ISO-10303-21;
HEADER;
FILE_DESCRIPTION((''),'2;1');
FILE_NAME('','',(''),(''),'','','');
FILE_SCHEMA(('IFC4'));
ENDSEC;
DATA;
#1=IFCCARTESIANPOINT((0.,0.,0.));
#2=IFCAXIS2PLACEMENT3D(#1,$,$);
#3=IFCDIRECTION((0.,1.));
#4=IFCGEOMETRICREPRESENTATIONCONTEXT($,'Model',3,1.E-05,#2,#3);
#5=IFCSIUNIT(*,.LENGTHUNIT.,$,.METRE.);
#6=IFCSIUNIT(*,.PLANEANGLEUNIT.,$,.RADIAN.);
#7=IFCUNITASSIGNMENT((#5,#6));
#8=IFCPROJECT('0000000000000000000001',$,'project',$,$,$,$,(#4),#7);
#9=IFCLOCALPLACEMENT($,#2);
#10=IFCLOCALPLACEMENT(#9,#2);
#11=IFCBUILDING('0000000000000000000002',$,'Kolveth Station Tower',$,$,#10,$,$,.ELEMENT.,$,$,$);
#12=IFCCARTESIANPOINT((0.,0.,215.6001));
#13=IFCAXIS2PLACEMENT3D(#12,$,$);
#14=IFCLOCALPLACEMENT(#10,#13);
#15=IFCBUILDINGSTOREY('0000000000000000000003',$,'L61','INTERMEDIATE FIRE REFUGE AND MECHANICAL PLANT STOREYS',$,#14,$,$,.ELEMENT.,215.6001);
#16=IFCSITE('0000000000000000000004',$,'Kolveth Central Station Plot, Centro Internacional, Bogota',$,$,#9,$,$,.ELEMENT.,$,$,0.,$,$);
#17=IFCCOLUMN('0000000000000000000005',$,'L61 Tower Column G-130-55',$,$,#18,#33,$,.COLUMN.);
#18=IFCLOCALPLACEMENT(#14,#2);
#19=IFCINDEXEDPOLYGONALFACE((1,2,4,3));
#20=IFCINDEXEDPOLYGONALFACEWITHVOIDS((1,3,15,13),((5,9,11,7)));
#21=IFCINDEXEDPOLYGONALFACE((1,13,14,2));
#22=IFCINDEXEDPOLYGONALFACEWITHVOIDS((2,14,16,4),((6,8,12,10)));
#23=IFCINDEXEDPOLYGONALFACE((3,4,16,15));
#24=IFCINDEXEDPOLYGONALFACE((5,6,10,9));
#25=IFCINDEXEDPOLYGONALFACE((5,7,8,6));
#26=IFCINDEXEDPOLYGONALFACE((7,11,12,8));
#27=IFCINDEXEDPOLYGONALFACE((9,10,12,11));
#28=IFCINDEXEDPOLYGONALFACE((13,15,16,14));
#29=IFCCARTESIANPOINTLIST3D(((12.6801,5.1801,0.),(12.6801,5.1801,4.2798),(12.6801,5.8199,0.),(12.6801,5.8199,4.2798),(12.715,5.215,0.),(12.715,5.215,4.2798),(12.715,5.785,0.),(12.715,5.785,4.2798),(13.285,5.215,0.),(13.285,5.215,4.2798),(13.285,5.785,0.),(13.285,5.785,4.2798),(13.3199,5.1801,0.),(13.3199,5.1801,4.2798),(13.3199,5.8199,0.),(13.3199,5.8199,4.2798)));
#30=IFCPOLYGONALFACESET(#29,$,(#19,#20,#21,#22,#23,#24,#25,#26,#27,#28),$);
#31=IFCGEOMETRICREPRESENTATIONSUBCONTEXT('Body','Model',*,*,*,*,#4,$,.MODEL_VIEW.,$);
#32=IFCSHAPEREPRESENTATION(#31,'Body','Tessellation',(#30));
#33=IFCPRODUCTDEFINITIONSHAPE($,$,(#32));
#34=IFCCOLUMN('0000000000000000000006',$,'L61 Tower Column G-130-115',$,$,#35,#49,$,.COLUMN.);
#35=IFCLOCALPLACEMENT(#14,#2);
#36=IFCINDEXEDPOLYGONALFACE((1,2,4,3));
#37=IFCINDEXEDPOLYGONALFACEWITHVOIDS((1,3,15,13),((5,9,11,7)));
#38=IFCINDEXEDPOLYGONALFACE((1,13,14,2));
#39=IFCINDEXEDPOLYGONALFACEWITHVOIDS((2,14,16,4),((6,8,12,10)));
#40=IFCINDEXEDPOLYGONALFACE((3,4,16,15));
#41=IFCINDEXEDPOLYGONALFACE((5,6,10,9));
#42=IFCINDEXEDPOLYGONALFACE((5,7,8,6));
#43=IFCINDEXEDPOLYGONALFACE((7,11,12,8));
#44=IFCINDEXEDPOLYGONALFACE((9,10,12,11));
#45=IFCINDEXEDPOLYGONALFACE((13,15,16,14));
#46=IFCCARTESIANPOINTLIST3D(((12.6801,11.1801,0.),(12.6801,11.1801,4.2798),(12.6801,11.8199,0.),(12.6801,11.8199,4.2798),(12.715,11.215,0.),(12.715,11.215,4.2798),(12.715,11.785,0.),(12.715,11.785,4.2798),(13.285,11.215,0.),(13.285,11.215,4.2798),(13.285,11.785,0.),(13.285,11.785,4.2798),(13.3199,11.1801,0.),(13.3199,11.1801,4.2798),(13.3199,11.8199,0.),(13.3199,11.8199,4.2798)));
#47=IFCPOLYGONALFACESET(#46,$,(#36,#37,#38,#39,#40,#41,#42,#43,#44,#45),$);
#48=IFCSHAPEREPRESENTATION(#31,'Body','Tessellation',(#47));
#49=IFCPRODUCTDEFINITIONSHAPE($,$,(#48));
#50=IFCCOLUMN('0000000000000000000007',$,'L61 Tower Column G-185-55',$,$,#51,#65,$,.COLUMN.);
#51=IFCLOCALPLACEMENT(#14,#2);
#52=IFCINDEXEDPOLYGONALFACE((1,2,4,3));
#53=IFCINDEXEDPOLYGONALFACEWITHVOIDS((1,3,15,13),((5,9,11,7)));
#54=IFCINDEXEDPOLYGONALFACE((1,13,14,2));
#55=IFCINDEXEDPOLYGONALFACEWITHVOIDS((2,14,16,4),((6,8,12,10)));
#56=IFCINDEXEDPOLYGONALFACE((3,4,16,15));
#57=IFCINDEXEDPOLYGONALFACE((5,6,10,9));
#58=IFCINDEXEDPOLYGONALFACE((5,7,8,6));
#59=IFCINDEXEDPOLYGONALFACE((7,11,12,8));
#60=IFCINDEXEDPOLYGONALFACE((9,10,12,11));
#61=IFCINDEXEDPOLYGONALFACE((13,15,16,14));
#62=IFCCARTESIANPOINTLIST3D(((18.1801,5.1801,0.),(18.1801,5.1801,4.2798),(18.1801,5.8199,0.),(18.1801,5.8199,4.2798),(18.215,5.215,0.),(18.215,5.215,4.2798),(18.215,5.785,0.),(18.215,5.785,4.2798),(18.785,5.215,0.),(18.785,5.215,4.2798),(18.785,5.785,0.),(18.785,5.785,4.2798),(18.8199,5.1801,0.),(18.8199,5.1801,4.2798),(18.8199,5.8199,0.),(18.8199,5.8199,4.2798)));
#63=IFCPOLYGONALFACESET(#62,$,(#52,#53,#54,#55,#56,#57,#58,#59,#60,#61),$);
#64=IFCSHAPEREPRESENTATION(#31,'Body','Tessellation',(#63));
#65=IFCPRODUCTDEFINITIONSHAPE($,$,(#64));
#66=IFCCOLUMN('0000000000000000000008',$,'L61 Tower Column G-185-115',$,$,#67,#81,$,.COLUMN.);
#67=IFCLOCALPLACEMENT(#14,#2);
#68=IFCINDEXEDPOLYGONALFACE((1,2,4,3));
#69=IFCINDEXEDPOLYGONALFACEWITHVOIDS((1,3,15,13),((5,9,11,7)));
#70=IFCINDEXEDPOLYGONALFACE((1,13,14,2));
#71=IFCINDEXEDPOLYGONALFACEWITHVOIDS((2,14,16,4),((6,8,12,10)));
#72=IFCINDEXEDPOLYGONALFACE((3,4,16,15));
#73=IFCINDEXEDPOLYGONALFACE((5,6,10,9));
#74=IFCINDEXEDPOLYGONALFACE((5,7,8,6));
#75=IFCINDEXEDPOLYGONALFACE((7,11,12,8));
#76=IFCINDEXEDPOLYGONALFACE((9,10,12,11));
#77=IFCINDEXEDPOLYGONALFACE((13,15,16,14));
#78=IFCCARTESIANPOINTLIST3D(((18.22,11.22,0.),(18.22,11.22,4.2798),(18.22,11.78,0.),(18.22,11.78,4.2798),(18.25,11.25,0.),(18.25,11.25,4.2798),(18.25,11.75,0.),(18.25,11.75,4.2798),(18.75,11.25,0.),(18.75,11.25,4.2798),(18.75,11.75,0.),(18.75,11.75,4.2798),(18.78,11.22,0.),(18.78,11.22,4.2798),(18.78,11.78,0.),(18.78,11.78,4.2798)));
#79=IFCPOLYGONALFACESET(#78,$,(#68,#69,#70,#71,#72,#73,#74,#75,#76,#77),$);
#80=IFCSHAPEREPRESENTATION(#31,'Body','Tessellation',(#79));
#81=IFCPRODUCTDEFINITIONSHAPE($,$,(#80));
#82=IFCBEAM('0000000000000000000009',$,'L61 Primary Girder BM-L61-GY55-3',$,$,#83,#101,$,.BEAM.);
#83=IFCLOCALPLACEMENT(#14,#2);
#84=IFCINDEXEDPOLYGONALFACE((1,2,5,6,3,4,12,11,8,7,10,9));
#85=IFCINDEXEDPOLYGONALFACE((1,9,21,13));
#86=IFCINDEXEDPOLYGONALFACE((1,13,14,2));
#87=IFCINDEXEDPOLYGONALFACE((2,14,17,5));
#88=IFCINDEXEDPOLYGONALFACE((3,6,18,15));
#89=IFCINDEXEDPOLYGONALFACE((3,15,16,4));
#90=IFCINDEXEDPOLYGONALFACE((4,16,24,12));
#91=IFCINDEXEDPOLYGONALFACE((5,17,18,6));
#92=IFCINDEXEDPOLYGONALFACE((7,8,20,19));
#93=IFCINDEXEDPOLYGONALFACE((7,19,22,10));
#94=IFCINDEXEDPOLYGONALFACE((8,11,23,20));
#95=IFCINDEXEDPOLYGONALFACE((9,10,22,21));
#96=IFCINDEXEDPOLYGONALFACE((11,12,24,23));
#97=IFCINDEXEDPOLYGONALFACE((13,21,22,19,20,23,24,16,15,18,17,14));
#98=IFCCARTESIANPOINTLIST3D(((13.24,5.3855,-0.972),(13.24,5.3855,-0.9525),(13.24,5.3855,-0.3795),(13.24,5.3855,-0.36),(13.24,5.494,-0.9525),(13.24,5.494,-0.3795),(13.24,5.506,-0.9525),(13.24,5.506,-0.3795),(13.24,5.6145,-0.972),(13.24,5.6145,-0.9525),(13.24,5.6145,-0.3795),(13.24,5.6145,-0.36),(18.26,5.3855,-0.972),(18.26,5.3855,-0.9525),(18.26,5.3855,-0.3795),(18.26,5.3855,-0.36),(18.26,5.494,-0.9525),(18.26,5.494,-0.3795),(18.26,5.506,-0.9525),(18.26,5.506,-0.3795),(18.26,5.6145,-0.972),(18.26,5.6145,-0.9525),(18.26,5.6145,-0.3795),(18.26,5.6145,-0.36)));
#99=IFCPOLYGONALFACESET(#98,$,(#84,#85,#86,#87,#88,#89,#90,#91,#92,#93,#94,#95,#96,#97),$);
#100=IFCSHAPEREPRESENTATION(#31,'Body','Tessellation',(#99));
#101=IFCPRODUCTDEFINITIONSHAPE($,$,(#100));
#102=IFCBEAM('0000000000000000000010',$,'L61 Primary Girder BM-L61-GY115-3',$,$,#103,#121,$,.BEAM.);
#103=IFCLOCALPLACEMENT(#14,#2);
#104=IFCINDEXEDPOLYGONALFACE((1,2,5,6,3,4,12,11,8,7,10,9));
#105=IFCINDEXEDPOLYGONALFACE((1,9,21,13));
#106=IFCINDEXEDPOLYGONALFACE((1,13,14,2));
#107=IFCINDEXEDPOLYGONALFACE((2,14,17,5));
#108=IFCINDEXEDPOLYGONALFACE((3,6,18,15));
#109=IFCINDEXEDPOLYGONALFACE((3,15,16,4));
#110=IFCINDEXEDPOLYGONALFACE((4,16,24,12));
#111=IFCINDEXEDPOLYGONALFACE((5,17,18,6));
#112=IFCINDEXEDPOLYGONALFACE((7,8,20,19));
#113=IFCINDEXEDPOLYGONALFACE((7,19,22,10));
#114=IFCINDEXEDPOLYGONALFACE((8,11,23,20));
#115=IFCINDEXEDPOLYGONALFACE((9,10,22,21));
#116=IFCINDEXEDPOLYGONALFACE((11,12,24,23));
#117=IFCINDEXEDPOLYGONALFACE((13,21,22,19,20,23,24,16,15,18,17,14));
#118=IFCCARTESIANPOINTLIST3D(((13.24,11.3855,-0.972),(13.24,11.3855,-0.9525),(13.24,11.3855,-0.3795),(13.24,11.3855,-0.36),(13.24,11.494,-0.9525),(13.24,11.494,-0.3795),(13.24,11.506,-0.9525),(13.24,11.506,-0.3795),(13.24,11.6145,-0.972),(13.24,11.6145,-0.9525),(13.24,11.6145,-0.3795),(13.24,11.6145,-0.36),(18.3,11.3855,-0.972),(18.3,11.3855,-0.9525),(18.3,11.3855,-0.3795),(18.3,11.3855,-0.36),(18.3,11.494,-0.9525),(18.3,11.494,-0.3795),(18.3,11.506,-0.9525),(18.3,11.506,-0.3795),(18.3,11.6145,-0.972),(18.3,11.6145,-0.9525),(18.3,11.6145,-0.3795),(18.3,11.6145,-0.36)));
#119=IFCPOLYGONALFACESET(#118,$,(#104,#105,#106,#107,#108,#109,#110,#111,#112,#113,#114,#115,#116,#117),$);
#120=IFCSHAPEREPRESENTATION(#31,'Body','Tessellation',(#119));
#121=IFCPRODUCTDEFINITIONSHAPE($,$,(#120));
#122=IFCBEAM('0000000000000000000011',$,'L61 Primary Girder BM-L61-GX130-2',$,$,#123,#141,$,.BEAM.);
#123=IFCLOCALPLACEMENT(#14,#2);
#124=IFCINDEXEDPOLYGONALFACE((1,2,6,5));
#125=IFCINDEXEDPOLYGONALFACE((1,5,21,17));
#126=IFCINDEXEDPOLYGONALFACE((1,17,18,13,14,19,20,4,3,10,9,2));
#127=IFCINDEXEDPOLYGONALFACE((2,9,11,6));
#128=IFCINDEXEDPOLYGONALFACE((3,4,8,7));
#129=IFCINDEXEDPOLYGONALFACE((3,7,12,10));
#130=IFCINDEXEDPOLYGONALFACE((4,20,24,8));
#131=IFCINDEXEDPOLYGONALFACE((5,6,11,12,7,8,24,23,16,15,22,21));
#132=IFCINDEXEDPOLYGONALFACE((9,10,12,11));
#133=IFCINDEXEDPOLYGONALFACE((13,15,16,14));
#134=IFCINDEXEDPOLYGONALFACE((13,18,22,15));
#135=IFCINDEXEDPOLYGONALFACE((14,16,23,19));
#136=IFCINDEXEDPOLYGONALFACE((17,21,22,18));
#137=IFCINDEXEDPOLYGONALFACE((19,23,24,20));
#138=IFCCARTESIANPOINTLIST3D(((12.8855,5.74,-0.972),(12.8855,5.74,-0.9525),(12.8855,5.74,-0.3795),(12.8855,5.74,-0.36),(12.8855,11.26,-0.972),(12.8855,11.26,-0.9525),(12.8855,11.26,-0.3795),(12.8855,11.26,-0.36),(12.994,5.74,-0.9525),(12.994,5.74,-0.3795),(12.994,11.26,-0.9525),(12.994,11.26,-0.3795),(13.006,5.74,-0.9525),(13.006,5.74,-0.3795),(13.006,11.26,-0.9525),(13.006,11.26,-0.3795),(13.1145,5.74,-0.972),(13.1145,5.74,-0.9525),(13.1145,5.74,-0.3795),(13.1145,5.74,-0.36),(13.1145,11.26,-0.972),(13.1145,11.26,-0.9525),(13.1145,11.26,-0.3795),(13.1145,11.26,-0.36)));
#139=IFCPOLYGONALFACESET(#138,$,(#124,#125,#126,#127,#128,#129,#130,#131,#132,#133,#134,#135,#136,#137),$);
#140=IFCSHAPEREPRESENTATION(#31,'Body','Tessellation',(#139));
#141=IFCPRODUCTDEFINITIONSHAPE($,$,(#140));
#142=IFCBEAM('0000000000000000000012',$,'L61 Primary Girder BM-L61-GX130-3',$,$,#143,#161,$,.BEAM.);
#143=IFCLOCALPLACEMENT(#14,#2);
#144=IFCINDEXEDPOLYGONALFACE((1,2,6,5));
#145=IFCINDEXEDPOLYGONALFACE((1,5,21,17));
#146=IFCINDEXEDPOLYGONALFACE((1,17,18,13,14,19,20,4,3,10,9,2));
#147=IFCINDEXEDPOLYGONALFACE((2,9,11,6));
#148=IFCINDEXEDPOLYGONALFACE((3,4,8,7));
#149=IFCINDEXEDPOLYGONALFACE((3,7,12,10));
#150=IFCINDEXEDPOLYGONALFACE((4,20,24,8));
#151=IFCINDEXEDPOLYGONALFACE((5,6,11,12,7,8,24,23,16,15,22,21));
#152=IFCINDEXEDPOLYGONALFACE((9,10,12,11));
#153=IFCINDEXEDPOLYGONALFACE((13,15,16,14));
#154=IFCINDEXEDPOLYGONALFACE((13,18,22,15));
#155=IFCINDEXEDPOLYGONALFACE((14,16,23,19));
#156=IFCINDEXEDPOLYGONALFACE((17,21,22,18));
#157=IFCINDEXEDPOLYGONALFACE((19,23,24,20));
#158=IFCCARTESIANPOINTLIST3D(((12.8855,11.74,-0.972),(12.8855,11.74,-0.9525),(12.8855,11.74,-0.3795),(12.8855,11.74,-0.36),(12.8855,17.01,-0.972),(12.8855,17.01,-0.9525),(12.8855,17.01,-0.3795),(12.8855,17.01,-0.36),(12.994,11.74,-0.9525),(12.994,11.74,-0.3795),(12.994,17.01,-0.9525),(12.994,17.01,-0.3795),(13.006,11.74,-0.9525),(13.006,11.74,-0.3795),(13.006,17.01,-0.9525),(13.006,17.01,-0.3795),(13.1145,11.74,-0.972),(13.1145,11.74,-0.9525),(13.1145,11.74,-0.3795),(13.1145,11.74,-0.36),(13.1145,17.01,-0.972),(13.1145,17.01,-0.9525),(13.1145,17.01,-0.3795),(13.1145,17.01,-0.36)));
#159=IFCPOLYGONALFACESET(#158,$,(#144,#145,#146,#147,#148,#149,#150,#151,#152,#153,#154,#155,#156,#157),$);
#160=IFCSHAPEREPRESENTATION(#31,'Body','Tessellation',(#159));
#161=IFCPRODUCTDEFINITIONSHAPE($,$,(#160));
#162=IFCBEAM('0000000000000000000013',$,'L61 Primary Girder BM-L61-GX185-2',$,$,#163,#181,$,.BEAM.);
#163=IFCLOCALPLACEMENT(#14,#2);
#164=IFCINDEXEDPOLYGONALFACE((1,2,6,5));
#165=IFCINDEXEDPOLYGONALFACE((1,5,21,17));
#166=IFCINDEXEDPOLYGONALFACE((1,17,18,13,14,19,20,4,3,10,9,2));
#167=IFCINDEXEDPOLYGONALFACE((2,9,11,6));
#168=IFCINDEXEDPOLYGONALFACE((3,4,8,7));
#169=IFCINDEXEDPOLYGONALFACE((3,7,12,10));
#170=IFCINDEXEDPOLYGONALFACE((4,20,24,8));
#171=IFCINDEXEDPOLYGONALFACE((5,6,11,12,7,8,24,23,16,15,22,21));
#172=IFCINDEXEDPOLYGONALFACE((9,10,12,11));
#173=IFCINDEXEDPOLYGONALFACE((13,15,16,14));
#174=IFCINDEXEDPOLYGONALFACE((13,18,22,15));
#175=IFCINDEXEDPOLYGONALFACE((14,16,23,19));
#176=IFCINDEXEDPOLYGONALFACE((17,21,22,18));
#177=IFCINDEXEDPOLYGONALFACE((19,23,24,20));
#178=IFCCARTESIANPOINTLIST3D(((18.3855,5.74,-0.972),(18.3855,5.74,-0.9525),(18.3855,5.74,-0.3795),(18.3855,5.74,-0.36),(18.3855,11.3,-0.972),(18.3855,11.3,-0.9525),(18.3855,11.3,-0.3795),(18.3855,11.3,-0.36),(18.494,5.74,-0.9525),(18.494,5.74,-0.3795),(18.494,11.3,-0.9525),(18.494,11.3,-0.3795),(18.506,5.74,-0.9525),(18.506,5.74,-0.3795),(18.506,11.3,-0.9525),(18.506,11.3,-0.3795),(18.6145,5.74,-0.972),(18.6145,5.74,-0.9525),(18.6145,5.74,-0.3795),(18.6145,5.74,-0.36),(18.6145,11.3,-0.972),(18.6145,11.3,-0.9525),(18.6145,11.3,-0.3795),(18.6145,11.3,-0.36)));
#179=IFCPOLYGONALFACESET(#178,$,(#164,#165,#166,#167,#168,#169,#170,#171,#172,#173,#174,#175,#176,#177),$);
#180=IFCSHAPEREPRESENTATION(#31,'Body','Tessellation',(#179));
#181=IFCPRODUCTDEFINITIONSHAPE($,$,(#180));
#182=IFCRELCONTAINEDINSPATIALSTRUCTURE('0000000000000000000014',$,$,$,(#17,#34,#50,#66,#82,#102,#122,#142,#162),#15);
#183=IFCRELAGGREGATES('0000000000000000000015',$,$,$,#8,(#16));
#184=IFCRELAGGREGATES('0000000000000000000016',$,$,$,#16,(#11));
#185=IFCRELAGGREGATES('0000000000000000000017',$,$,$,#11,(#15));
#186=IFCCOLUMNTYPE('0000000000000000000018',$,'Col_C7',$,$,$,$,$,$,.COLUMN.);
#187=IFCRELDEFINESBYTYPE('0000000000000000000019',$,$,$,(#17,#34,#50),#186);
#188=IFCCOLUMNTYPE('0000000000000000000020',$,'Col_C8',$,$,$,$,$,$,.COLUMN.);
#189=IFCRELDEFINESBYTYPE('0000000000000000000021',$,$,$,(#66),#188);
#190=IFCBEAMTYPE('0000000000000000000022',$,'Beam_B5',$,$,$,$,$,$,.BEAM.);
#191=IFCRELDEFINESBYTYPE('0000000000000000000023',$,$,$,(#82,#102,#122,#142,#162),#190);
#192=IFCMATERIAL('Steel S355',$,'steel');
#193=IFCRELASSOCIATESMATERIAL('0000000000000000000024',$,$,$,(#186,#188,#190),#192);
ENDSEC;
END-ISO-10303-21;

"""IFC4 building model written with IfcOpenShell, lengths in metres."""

from ifc_helpers import new_model, si_unit, direction, frame, origin, origin_2d, place, context, subcontext, project, spatial, hollow_rectangle, i_section, extrude, source, transform, mapped, material, material_profile, profile_set, type_object, element, save


model = new_model("IFC4")

# Units and contexts
model_context = context("Model", 3, precision=1e-05, world=origin(), true_north=direction((0.0, 1.0)))
body_context = subcontext(model_context, "Body", "Model", "MODEL_VIEW")
ifc_project = project(units=[si_unit("LENGTHUNIT", "METRE"), si_unit("PLANEANGLEUNIT", "RADIAN")], contexts=[model_context])

# Site, building, storey
site_placement = place(None, origin())
site = spatial("IfcSite", under=ifc_project, at=site_placement, Name="Kolveth Central Station Plot, Centro Internacional, Bogota", CompositionType="ELEMENT", RefElevation=0.0)
building_placement = place(site_placement, origin())
building = spatial("IfcBuilding", under=site, at=building_placement, Name="Kolveth Station Tower", CompositionType="ELEMENT")
storey_placement = place(building_placement, frame((0.0, 0.0, 215.6001)))
storey = spatial("IfcBuildingStorey", under=building, at=storey_placement, Name="L61", Description="INTERMEDIATE FIRE REFUGE AND MECHANICAL PLANT STOREYS", CompositionType="ELEMENT", Elevation=215.6001)

# Columns
ifc_material_1 = material(Name="Steel S355", Category="steel")
ifc_material_profile_1 = material_profile(ifc_material_1, hollow_rectangle(XDim=0.6399, YDim=0.6399, WallThickness=0.0349, at=origin_2d()), Name="BOX640x640x35")
ifc_profile_set_1 = profile_set([ifc_material_profile_1], Name="Steel S355")
column_type_1 = type_object("IfcColumnType", Name="Col_C7", PredefinedType="COLUMN", material=ifc_profile_set_1)
shared_shape_1 = source(origin(), body_context, "Body", "SweptSolid", [
    extrude(hollow_rectangle(XDim=0.6399, YDim=0.6399, WallThickness=0.0349, at=origin_2d()), origin(), (0.0, 0.0, 1.0), 4.2798),
])
for number, where, z_axis, x_axis, name in (
    (1, (13.0, 5.5, 0.0), (0.0, 0.0, 1.0), (1.0, 0.0, 0.0), "L61 Tower Column G-130-55"),
    (2, (13.0, 11.5, 0.0), (0.0, 0.0, 1.0), (1.0, 0.0, 0.0), "L61 Tower Column G-130-115"),
    (3, (18.5, 5.5, 0.0), (0.0, 0.0, 1.0), (1.0, 0.0, 0.0), "L61 Tower Column G-185-55"),
):
    element("IfcColumn", number, at=place(storey_placement, frame(where, z_axis=z_axis, x_axis=x_axis)), inside=storey, type_object=column_type_1, Name=name, PredefinedType="COLUMN", context=body_context, shape_type="MappedRepresentation", body=[
        mapped(shared_shape_1, transform((0.0, 0.0, 0.0), x_axis=(1.0, 0.0, 0.0), y_axis=(0.0, 1.0, 0.0), z_axis=(0.0, 0.0, 1.0), scale=1.0)),
    ])
ifc_material_profile_2 = material_profile(ifc_material_1, hollow_rectangle(XDim=0.5601, YDim=0.5601, WallThickness=0.03, at=origin_2d()), Name="BOX560x560x30")
ifc_profile_set_2 = profile_set([ifc_material_profile_2], Name="Steel S355")
column_type_2 = type_object("IfcColumnType", Name="Col_C8", PredefinedType="COLUMN", material=ifc_profile_set_2)
shared_shape_2 = source(origin(), body_context, "Body", "SweptSolid", [
    extrude(hollow_rectangle(XDim=0.5601, YDim=0.5601, WallThickness=0.03, at=origin_2d()), origin(), (0.0, 0.0, 1.0), 4.2798),
])
column_placement = place(storey_placement, frame((18.5, 11.5, 0.0), z_axis=(0.0, 0.0, 1.0), x_axis=(1.0, 0.0, 0.0)))
element("IfcColumn", 4, at=column_placement, inside=storey, type_object=column_type_2, Name="L61 Tower Column G-185-115", PredefinedType="COLUMN", context=body_context, shape_type="MappedRepresentation", body=[
    mapped(shared_shape_2, transform((0.0, 0.0, 0.0), x_axis=(1.0, 0.0, 0.0), y_axis=(0.0, 1.0, 0.0), z_axis=(0.0, 0.0, 1.0), scale=1.0)),
])

# Beams
ifc_material_profile_3 = material_profile(ifc_material_1, i_section(OverallWidth=0.229, OverallDepth=0.6121, WebThickness=0.012, FlangeThickness=0.0195, at=origin_2d()), Name="W610x125")
ifc_profile_set_3 = profile_set([ifc_material_profile_3], Name="Steel S355")
beam_type_1 = type_object("IfcBeamType", Name="Beam_B5", PredefinedType="BEAM", material=ifc_profile_set_3)
shared_shape_3 = source(origin(), body_context, "Body", "SweptSolid", [
    extrude(i_section(OverallWidth=0.229, OverallDepth=0.6121, WebThickness=0.012, FlangeThickness=0.0195, at=origin_2d()), origin(), (0.0, 0.0, 1.0), 5.02),
])
beam_1_placement = place(storey_placement, frame((13.24, 5.5, -0.666), z_axis=(1.0, 0.0, 0.0), x_axis=(0.0, 1.0, 0.0)))
element("IfcBeam", 5, at=beam_1_placement, inside=storey, type_object=beam_type_1, Name="L61 Primary Girder BM-L61-GY55-3", PredefinedType="BEAM", context=body_context, shape_type="MappedRepresentation", body=[
    mapped(shared_shape_3, transform((0.0, 0.0, 0.0), x_axis=(1.0, 0.0, 0.0), y_axis=(0.0, 1.0, 0.0), z_axis=(0.0, 0.0, 1.0), scale=1.0)),
])
shared_shape_4 = source(origin(), body_context, "Body", "SweptSolid", [
    extrude(i_section(OverallWidth=0.229, OverallDepth=0.6121, WebThickness=0.012, FlangeThickness=0.0195, at=origin_2d()), origin(), (0.0, 0.0, 1.0), 5.0601),
])
beam_2_placement = place(storey_placement, frame((13.24, 11.5, -0.666), z_axis=(1.0, 0.0, 0.0), x_axis=(0.0, 1.0, 0.0)))
element("IfcBeam", 6, at=beam_2_placement, inside=storey, type_object=beam_type_1, Name="L61 Primary Girder BM-L61-GY115-3", PredefinedType="BEAM", context=body_context, shape_type="MappedRepresentation", body=[
    mapped(shared_shape_4, transform((0.0, 0.0, 0.0), x_axis=(1.0, 0.0, 0.0), y_axis=(0.0, 1.0, 0.0), z_axis=(0.0, 0.0, 1.0), scale=1.0)),
])
shared_shape_5 = source(origin(), body_context, "Body", "SweptSolid", [
    extrude(i_section(OverallWidth=0.229, OverallDepth=0.6121, WebThickness=0.012, FlangeThickness=0.0195, at=origin_2d()), origin(), (0.0, 0.0, 1.0), 5.52),
])
beam_3_placement = place(storey_placement, frame((13.0, 5.74, -0.666), z_axis=(0.0, 1.0, 0.0), x_axis=(-1.0, 0.0, 0.0)))
element("IfcBeam", 7, at=beam_3_placement, inside=storey, type_object=beam_type_1, Name="L61 Primary Girder BM-L61-GX130-2", PredefinedType="BEAM", context=body_context, shape_type="MappedRepresentation", body=[
    mapped(shared_shape_5, transform((0.0, 0.0, 0.0), x_axis=(1.0, 0.0, 0.0), y_axis=(0.0, 1.0, 0.0), z_axis=(0.0, 0.0, 1.0), scale=1.0)),
])
shared_shape_6 = source(origin(), body_context, "Body", "SweptSolid", [
    extrude(i_section(OverallWidth=0.229, OverallDepth=0.6121, WebThickness=0.012, FlangeThickness=0.0195, at=origin_2d()), origin(), (0.0, 0.0, 1.0), 5.27),
])
beam_4_placement = place(storey_placement, frame((13.0, 11.74, -0.666), z_axis=(0.0, 1.0, 0.0), x_axis=(-1.0, 0.0, 0.0)))
element("IfcBeam", 8, at=beam_4_placement, inside=storey, type_object=beam_type_1, Name="L61 Primary Girder BM-L61-GX130-3", PredefinedType="BEAM", context=body_context, shape_type="MappedRepresentation", body=[
    mapped(shared_shape_6, transform((0.0, 0.0, 0.0), x_axis=(1.0, 0.0, 0.0), y_axis=(0.0, 1.0, 0.0), z_axis=(0.0, 0.0, 1.0), scale=1.0)),
])
shared_shape_7 = source(origin(), body_context, "Body", "SweptSolid", [
    extrude(i_section(OverallWidth=0.229, OverallDepth=0.6121, WebThickness=0.012, FlangeThickness=0.0195, at=origin_2d()), origin(), (0.0, 0.0, 1.0), 5.5601),
])
beam_5_placement = place(storey_placement, frame((18.5, 5.74, -0.666), z_axis=(0.0, 1.0, 0.0), x_axis=(-1.0, 0.0, 0.0)))
element("IfcBeam", 9, at=beam_5_placement, inside=storey, type_object=beam_type_1, Name="L61 Primary Girder BM-L61-GX185-2", PredefinedType="BEAM", context=body_context, shape_type="MappedRepresentation", body=[
    mapped(shared_shape_7, transform((0.0, 0.0, 0.0), x_axis=(1.0, 0.0, 0.0), y_axis=(0.0, 1.0, 0.0), z_axis=(0.0, 0.0, 1.0), scale=1.0)),
])

save(model, "model.ifc")
